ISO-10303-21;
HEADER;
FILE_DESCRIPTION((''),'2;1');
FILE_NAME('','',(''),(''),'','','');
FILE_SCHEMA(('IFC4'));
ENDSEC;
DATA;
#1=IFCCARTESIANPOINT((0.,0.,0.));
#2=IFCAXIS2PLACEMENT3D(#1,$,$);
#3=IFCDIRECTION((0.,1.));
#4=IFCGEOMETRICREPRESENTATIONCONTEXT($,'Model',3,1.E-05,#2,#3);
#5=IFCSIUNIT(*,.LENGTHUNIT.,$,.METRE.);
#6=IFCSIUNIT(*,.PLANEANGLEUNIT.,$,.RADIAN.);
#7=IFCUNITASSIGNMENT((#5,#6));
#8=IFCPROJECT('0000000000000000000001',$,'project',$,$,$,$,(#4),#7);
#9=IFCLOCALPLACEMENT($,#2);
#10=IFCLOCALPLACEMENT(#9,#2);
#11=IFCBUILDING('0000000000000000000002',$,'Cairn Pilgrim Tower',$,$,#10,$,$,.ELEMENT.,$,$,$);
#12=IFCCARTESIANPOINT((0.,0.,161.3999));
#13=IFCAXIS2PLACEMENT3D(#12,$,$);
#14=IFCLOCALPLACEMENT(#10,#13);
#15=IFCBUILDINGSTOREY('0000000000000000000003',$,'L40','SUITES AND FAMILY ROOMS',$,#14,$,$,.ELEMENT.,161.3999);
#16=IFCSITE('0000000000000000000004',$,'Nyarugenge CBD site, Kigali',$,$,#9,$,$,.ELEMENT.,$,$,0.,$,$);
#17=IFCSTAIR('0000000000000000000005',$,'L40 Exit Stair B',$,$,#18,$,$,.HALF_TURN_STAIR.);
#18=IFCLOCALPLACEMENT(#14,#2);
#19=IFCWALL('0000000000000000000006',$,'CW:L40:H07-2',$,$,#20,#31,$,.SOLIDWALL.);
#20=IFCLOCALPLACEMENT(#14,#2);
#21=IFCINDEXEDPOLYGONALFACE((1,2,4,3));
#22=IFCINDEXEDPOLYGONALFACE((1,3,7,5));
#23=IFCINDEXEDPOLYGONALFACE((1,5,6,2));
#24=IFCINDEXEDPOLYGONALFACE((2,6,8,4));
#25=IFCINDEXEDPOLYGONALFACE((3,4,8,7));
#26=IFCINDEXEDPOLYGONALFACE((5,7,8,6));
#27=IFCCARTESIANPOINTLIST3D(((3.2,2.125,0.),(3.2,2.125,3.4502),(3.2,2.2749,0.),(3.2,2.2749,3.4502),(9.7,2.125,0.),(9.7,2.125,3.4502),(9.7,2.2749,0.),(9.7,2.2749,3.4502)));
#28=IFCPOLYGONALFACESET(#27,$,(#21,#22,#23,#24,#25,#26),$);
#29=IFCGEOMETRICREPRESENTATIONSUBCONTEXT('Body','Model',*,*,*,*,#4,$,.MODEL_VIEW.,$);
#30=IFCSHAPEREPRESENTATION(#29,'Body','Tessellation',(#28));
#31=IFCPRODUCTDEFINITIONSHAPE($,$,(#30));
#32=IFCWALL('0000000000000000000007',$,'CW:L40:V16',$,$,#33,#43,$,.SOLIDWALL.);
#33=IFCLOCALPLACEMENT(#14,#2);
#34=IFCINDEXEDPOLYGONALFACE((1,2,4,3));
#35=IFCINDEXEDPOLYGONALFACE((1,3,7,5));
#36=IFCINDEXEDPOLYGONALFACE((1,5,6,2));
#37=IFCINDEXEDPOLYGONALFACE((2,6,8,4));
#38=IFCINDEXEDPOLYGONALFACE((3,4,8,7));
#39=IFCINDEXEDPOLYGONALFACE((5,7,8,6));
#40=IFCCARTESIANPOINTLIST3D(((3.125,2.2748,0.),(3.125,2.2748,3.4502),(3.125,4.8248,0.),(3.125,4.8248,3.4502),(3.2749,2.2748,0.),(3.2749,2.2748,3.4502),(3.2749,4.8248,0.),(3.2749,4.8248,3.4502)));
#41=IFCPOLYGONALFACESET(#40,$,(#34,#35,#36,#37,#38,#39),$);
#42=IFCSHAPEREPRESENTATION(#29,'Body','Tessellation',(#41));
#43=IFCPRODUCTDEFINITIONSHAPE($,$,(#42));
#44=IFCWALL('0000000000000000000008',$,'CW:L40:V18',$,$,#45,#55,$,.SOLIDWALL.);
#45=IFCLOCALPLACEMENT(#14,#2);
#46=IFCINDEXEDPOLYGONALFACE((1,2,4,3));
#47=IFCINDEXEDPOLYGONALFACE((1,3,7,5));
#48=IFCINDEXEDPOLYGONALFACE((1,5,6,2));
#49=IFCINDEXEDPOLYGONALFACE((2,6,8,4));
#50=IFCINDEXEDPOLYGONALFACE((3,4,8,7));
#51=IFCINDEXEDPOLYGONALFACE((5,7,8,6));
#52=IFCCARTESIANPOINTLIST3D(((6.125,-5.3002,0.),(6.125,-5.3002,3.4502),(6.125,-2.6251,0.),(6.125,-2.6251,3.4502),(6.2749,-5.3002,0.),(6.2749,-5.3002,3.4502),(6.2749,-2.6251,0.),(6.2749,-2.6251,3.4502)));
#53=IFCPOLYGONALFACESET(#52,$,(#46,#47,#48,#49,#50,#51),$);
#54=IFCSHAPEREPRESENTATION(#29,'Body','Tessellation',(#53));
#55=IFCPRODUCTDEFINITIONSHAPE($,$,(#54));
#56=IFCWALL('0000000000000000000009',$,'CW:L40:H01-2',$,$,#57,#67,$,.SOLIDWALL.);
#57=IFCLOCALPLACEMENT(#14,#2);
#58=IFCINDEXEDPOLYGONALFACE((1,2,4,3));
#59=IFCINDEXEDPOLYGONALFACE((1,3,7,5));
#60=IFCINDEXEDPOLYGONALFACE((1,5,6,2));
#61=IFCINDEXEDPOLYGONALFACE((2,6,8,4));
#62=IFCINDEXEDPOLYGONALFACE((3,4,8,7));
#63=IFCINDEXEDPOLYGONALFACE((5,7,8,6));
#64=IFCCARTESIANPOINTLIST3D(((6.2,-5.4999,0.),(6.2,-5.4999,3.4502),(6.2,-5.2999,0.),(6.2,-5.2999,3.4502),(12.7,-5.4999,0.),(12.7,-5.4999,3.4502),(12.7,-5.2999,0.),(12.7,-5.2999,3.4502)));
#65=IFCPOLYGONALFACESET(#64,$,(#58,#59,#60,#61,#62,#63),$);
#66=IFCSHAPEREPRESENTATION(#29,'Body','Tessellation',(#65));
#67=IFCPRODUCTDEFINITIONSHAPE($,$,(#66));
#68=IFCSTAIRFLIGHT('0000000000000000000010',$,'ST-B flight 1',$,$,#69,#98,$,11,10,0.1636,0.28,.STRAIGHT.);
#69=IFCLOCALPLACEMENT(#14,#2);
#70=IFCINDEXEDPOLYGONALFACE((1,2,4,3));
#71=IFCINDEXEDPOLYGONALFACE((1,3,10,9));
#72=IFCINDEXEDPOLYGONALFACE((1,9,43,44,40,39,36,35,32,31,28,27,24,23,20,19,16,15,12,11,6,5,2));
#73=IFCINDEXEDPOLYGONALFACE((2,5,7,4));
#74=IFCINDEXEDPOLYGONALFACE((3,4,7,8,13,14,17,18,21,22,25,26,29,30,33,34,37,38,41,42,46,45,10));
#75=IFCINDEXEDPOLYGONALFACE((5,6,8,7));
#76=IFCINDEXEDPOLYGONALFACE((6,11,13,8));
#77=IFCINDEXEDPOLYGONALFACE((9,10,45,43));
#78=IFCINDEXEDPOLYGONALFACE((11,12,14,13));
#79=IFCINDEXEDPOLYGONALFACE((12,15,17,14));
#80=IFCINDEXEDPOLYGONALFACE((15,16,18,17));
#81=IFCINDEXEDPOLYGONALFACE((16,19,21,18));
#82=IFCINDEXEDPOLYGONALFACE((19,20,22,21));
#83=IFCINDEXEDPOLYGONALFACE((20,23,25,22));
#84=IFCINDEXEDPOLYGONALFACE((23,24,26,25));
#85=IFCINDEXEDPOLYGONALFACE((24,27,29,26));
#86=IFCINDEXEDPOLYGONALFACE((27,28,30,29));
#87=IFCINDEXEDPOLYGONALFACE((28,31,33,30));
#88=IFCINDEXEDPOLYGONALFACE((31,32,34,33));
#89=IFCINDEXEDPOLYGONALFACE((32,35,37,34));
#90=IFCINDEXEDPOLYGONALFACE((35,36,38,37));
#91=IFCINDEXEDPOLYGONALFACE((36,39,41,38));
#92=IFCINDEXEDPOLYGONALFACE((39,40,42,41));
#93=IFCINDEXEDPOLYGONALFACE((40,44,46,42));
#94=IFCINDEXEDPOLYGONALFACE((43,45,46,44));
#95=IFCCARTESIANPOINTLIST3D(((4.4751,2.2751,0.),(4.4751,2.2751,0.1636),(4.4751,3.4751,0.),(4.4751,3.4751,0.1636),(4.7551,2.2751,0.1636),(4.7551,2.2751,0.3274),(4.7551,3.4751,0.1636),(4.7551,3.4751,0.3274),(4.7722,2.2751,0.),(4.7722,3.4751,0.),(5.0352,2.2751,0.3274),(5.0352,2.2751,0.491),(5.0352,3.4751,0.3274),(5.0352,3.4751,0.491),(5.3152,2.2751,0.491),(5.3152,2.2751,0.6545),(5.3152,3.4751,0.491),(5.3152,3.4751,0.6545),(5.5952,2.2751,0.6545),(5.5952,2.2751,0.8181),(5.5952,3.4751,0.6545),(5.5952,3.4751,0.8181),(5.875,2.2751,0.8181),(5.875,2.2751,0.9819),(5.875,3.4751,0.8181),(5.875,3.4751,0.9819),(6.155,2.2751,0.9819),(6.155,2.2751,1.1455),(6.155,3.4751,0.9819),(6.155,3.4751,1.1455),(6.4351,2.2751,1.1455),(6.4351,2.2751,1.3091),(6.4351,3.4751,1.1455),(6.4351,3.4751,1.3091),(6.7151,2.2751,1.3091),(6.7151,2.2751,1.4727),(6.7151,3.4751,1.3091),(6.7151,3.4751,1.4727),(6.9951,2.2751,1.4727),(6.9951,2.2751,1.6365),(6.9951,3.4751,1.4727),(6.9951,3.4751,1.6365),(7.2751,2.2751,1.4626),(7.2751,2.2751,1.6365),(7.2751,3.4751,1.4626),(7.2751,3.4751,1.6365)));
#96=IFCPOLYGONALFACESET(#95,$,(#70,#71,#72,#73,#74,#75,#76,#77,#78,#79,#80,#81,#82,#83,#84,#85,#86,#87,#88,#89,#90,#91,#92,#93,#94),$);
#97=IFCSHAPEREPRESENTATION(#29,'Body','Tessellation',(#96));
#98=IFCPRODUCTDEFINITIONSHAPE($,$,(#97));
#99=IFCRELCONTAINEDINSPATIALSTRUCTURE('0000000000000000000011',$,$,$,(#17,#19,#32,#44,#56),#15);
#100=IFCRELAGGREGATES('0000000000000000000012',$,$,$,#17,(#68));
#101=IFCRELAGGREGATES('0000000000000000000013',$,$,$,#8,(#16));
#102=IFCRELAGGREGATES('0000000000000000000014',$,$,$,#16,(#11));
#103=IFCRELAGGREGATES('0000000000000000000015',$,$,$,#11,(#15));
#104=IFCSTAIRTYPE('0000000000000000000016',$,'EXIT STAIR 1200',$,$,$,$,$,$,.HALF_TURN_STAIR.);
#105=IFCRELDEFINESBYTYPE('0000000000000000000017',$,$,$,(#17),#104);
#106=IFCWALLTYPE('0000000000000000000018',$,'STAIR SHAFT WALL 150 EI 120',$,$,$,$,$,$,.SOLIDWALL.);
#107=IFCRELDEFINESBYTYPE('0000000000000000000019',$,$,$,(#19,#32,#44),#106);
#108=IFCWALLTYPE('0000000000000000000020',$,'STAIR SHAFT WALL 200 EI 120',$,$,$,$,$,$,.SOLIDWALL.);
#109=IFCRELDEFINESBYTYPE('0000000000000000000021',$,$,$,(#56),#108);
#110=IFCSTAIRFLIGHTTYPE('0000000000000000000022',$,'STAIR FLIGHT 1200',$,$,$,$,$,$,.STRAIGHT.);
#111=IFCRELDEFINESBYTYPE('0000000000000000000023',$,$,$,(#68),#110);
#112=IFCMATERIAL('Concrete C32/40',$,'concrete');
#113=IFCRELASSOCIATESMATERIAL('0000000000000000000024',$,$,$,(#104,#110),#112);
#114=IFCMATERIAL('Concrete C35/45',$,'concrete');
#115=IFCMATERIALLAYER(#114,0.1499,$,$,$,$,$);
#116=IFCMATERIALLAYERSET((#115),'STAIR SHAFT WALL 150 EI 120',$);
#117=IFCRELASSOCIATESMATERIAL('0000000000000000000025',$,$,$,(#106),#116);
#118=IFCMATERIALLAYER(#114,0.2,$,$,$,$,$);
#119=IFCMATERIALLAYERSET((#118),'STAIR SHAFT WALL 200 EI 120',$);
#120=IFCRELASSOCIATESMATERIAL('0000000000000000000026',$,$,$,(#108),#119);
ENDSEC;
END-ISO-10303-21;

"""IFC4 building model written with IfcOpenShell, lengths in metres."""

from ifc_helpers import new_model, si_unit, direction, frame, frame_2d, origin, place, context, subcontext, project, spatial, polyline, rectangle, outline, extrude, material, layer, layer_set, type_object, element, aggregate, save


model = new_model("IFC4")

# Units and contexts
model_context = context("Model", 3, precision=1e-05, world=origin(), true_north=direction((0.0, 1.0)))
body_context = subcontext(model_context, "Body", "Model", "MODEL_VIEW")
ifc_project = project(units=[si_unit("LENGTHUNIT", "METRE"), si_unit("PLANEANGLEUNIT", "RADIAN")], contexts=[model_context])

# Site, building, storey
site_placement = place(None, origin())
site = spatial("IfcSite", under=ifc_project, at=site_placement, Name="Nyarugenge CBD site, Kigali", CompositionType="ELEMENT", RefElevation=0.0)
building_placement = place(site_placement, origin())
building = spatial("IfcBuilding", under=site, at=building_placement, Name="Cairn Pilgrim Tower", CompositionType="ELEMENT")
storey_placement = place(building_placement, frame((0.0, 0.0, 161.3999)))
storey = spatial("IfcBuildingStorey", under=building, at=storey_placement, Name="L40", Description="SUITES AND FAMILY ROOMS", CompositionType="ELEMENT", Elevation=161.3999)

# Stair
ifc_material_1 = material(Name="Concrete C32/40", Category="concrete")
stair_type = type_object("IfcStairType", Name="EXIT STAIR 1200", PredefinedType="HALF_TURN_STAIR", material=ifc_material_1)
stair_1_placement = place(storey_placement, origin())
stair_1 = element("IfcStair", 1, at=stair_1_placement, inside=storey, type_object=stair_type, Name="L40 Exit Stair B", PredefinedType="HALF_TURN_STAIR")

# Shared definitions
ifc_material_2 = material(Name="Concrete C35/45", Category="concrete")
ifc_layer_1 = layer(ifc_material_2, 0.1499)
ifc_layer_set_1 = layer_set([ifc_layer_1], Name="STAIR SHAFT WALL 150 EI 120")
wall_type_1 = type_object("IfcWallType", Name="STAIR SHAFT WALL 150 EI 120", PredefinedType="SOLIDWALL", material=ifc_layer_set_1)

# Walls
wall_1_placement = place(storey_placement, frame((3.2, 2.2, 0.0), z_axis=(0.0, 0.0, 1.0), x_axis=(1.0, 0.0, 0.0)))
element("IfcWall", 2, at=wall_1_placement, inside=storey, type_object=wall_type_1, Name="CW:L40:H07-2", PredefinedType="SOLIDWALL", context=body_context, shape_type="SweptSolid", body=[
    extrude(rectangle(XDim=6.5, YDim=0.1499, at=frame_2d((3.25, 0.0))), origin(), (0.0, 0.0, 1.0), 3.4502),
])
wall_2_placement = place(storey_placement, frame((3.2, 2.2749, 0.0), z_axis=(0.0, 0.0, 1.0), x_axis=(0.0, 1.0, 0.0)))
element("IfcWall", 3, at=wall_2_placement, inside=storey, type_object=wall_type_1, Name="CW:L40:V16", PredefinedType="SOLIDWALL", context=body_context, shape_type="SweptSolid", body=[
    extrude(rectangle(XDim=2.55, YDim=0.1499, at=frame_2d((1.2749, 0.0))), origin(), (0.0, 0.0, 1.0), 3.4502),
])
wall_3_placement = place(storey_placement, frame((6.2, -5.3, 0.0), z_axis=(0.0, 0.0, 1.0), x_axis=(0.0, 1.0, 0.0)))
element("IfcWall", 4, at=wall_3_placement, inside=storey, type_object=wall_type_1, Name="CW:L40:V18", PredefinedType="SOLIDWALL", context=body_context, shape_type="SweptSolid", body=[
    extrude(rectangle(XDim=2.675, YDim=0.1499, at=frame_2d((1.3374, 0.0))), origin(), (0.0, 0.0, 1.0), 3.4502),
])
ifc_layer_2 = layer(ifc_material_2, 0.2)
ifc_layer_set_2 = layer_set([ifc_layer_2], Name="STAIR SHAFT WALL 200 EI 120")
wall_type_2 = type_object("IfcWallType", Name="STAIR SHAFT WALL 200 EI 120", PredefinedType="SOLIDWALL", material=ifc_layer_set_2)
wall_4_placement = place(storey_placement, frame((6.2, -5.3999, 0.0), z_axis=(0.0, 0.0, 1.0), x_axis=(1.0, 0.0, 0.0)))
element("IfcWall", 5, at=wall_4_placement, inside=storey, type_object=wall_type_2, Name="CW:L40:H01-2", PredefinedType="SOLIDWALL", context=body_context, shape_type="SweptSolid", body=[
    extrude(rectangle(XDim=6.5, YDim=0.2, at=frame_2d((3.25, 0.0))), origin(), (0.0, 0.0, 1.0), 3.4502),
])

# Stair flight
stair_flight_type = type_object("IfcStairFlightType", Name="STAIR FLIGHT 1200", PredefinedType="STRAIGHT", material=ifc_material_1)
stair_flight_placement = place(storey_placement, frame((4.4751, 2.875, 0.0), z_axis=(0.0, 0.0, 1.0), x_axis=(1.0, 0.0, 0.0)))
stair_flight = element("IfcStairFlight", 6, at=stair_flight_placement, type_object=stair_flight_type, Name="ST-B flight 1", NumberOfRisers=11, NumberOfTreads=10, PredefinedType="STRAIGHT", RiserHeight=0.1636, TreadLength=0.28, context=body_context, shape_type="SweptSolid", body=[
    extrude(outline(polyline([(0.0, 0.0), (0.0, 0.1636), (0.28, 0.1636), (0.28, 0.3274), (0.5601, 0.3274), (0.5601, 0.491), (0.8401, 0.491), (0.8401, 0.6545), (1.1201, 0.6545), (1.1201, 0.8181), (1.3999, 0.8181), (1.3999, 0.9819), (1.6799, 0.9819), (1.6799, 1.1455), (1.96, 1.1455), (1.96, 1.3091), (2.24, 1.3091), (2.24, 1.4727), (2.52, 1.4727), (2.52, 1.6365), (2.8, 1.6365), (2.8, 1.8), (2.8, 1.4626), (0.2971, 0.0), (0.0, 0.0)])), frame((0.0, 0.6001, 0.0), z_axis=(0.0, -1.0, 0.0), x_axis=(1.0, 0.0, 0.0)), (0.0, 0.0, 1.0), 1.2),
])
aggregate(stair_1, [stair_flight])

save(model, "model.ifc")
